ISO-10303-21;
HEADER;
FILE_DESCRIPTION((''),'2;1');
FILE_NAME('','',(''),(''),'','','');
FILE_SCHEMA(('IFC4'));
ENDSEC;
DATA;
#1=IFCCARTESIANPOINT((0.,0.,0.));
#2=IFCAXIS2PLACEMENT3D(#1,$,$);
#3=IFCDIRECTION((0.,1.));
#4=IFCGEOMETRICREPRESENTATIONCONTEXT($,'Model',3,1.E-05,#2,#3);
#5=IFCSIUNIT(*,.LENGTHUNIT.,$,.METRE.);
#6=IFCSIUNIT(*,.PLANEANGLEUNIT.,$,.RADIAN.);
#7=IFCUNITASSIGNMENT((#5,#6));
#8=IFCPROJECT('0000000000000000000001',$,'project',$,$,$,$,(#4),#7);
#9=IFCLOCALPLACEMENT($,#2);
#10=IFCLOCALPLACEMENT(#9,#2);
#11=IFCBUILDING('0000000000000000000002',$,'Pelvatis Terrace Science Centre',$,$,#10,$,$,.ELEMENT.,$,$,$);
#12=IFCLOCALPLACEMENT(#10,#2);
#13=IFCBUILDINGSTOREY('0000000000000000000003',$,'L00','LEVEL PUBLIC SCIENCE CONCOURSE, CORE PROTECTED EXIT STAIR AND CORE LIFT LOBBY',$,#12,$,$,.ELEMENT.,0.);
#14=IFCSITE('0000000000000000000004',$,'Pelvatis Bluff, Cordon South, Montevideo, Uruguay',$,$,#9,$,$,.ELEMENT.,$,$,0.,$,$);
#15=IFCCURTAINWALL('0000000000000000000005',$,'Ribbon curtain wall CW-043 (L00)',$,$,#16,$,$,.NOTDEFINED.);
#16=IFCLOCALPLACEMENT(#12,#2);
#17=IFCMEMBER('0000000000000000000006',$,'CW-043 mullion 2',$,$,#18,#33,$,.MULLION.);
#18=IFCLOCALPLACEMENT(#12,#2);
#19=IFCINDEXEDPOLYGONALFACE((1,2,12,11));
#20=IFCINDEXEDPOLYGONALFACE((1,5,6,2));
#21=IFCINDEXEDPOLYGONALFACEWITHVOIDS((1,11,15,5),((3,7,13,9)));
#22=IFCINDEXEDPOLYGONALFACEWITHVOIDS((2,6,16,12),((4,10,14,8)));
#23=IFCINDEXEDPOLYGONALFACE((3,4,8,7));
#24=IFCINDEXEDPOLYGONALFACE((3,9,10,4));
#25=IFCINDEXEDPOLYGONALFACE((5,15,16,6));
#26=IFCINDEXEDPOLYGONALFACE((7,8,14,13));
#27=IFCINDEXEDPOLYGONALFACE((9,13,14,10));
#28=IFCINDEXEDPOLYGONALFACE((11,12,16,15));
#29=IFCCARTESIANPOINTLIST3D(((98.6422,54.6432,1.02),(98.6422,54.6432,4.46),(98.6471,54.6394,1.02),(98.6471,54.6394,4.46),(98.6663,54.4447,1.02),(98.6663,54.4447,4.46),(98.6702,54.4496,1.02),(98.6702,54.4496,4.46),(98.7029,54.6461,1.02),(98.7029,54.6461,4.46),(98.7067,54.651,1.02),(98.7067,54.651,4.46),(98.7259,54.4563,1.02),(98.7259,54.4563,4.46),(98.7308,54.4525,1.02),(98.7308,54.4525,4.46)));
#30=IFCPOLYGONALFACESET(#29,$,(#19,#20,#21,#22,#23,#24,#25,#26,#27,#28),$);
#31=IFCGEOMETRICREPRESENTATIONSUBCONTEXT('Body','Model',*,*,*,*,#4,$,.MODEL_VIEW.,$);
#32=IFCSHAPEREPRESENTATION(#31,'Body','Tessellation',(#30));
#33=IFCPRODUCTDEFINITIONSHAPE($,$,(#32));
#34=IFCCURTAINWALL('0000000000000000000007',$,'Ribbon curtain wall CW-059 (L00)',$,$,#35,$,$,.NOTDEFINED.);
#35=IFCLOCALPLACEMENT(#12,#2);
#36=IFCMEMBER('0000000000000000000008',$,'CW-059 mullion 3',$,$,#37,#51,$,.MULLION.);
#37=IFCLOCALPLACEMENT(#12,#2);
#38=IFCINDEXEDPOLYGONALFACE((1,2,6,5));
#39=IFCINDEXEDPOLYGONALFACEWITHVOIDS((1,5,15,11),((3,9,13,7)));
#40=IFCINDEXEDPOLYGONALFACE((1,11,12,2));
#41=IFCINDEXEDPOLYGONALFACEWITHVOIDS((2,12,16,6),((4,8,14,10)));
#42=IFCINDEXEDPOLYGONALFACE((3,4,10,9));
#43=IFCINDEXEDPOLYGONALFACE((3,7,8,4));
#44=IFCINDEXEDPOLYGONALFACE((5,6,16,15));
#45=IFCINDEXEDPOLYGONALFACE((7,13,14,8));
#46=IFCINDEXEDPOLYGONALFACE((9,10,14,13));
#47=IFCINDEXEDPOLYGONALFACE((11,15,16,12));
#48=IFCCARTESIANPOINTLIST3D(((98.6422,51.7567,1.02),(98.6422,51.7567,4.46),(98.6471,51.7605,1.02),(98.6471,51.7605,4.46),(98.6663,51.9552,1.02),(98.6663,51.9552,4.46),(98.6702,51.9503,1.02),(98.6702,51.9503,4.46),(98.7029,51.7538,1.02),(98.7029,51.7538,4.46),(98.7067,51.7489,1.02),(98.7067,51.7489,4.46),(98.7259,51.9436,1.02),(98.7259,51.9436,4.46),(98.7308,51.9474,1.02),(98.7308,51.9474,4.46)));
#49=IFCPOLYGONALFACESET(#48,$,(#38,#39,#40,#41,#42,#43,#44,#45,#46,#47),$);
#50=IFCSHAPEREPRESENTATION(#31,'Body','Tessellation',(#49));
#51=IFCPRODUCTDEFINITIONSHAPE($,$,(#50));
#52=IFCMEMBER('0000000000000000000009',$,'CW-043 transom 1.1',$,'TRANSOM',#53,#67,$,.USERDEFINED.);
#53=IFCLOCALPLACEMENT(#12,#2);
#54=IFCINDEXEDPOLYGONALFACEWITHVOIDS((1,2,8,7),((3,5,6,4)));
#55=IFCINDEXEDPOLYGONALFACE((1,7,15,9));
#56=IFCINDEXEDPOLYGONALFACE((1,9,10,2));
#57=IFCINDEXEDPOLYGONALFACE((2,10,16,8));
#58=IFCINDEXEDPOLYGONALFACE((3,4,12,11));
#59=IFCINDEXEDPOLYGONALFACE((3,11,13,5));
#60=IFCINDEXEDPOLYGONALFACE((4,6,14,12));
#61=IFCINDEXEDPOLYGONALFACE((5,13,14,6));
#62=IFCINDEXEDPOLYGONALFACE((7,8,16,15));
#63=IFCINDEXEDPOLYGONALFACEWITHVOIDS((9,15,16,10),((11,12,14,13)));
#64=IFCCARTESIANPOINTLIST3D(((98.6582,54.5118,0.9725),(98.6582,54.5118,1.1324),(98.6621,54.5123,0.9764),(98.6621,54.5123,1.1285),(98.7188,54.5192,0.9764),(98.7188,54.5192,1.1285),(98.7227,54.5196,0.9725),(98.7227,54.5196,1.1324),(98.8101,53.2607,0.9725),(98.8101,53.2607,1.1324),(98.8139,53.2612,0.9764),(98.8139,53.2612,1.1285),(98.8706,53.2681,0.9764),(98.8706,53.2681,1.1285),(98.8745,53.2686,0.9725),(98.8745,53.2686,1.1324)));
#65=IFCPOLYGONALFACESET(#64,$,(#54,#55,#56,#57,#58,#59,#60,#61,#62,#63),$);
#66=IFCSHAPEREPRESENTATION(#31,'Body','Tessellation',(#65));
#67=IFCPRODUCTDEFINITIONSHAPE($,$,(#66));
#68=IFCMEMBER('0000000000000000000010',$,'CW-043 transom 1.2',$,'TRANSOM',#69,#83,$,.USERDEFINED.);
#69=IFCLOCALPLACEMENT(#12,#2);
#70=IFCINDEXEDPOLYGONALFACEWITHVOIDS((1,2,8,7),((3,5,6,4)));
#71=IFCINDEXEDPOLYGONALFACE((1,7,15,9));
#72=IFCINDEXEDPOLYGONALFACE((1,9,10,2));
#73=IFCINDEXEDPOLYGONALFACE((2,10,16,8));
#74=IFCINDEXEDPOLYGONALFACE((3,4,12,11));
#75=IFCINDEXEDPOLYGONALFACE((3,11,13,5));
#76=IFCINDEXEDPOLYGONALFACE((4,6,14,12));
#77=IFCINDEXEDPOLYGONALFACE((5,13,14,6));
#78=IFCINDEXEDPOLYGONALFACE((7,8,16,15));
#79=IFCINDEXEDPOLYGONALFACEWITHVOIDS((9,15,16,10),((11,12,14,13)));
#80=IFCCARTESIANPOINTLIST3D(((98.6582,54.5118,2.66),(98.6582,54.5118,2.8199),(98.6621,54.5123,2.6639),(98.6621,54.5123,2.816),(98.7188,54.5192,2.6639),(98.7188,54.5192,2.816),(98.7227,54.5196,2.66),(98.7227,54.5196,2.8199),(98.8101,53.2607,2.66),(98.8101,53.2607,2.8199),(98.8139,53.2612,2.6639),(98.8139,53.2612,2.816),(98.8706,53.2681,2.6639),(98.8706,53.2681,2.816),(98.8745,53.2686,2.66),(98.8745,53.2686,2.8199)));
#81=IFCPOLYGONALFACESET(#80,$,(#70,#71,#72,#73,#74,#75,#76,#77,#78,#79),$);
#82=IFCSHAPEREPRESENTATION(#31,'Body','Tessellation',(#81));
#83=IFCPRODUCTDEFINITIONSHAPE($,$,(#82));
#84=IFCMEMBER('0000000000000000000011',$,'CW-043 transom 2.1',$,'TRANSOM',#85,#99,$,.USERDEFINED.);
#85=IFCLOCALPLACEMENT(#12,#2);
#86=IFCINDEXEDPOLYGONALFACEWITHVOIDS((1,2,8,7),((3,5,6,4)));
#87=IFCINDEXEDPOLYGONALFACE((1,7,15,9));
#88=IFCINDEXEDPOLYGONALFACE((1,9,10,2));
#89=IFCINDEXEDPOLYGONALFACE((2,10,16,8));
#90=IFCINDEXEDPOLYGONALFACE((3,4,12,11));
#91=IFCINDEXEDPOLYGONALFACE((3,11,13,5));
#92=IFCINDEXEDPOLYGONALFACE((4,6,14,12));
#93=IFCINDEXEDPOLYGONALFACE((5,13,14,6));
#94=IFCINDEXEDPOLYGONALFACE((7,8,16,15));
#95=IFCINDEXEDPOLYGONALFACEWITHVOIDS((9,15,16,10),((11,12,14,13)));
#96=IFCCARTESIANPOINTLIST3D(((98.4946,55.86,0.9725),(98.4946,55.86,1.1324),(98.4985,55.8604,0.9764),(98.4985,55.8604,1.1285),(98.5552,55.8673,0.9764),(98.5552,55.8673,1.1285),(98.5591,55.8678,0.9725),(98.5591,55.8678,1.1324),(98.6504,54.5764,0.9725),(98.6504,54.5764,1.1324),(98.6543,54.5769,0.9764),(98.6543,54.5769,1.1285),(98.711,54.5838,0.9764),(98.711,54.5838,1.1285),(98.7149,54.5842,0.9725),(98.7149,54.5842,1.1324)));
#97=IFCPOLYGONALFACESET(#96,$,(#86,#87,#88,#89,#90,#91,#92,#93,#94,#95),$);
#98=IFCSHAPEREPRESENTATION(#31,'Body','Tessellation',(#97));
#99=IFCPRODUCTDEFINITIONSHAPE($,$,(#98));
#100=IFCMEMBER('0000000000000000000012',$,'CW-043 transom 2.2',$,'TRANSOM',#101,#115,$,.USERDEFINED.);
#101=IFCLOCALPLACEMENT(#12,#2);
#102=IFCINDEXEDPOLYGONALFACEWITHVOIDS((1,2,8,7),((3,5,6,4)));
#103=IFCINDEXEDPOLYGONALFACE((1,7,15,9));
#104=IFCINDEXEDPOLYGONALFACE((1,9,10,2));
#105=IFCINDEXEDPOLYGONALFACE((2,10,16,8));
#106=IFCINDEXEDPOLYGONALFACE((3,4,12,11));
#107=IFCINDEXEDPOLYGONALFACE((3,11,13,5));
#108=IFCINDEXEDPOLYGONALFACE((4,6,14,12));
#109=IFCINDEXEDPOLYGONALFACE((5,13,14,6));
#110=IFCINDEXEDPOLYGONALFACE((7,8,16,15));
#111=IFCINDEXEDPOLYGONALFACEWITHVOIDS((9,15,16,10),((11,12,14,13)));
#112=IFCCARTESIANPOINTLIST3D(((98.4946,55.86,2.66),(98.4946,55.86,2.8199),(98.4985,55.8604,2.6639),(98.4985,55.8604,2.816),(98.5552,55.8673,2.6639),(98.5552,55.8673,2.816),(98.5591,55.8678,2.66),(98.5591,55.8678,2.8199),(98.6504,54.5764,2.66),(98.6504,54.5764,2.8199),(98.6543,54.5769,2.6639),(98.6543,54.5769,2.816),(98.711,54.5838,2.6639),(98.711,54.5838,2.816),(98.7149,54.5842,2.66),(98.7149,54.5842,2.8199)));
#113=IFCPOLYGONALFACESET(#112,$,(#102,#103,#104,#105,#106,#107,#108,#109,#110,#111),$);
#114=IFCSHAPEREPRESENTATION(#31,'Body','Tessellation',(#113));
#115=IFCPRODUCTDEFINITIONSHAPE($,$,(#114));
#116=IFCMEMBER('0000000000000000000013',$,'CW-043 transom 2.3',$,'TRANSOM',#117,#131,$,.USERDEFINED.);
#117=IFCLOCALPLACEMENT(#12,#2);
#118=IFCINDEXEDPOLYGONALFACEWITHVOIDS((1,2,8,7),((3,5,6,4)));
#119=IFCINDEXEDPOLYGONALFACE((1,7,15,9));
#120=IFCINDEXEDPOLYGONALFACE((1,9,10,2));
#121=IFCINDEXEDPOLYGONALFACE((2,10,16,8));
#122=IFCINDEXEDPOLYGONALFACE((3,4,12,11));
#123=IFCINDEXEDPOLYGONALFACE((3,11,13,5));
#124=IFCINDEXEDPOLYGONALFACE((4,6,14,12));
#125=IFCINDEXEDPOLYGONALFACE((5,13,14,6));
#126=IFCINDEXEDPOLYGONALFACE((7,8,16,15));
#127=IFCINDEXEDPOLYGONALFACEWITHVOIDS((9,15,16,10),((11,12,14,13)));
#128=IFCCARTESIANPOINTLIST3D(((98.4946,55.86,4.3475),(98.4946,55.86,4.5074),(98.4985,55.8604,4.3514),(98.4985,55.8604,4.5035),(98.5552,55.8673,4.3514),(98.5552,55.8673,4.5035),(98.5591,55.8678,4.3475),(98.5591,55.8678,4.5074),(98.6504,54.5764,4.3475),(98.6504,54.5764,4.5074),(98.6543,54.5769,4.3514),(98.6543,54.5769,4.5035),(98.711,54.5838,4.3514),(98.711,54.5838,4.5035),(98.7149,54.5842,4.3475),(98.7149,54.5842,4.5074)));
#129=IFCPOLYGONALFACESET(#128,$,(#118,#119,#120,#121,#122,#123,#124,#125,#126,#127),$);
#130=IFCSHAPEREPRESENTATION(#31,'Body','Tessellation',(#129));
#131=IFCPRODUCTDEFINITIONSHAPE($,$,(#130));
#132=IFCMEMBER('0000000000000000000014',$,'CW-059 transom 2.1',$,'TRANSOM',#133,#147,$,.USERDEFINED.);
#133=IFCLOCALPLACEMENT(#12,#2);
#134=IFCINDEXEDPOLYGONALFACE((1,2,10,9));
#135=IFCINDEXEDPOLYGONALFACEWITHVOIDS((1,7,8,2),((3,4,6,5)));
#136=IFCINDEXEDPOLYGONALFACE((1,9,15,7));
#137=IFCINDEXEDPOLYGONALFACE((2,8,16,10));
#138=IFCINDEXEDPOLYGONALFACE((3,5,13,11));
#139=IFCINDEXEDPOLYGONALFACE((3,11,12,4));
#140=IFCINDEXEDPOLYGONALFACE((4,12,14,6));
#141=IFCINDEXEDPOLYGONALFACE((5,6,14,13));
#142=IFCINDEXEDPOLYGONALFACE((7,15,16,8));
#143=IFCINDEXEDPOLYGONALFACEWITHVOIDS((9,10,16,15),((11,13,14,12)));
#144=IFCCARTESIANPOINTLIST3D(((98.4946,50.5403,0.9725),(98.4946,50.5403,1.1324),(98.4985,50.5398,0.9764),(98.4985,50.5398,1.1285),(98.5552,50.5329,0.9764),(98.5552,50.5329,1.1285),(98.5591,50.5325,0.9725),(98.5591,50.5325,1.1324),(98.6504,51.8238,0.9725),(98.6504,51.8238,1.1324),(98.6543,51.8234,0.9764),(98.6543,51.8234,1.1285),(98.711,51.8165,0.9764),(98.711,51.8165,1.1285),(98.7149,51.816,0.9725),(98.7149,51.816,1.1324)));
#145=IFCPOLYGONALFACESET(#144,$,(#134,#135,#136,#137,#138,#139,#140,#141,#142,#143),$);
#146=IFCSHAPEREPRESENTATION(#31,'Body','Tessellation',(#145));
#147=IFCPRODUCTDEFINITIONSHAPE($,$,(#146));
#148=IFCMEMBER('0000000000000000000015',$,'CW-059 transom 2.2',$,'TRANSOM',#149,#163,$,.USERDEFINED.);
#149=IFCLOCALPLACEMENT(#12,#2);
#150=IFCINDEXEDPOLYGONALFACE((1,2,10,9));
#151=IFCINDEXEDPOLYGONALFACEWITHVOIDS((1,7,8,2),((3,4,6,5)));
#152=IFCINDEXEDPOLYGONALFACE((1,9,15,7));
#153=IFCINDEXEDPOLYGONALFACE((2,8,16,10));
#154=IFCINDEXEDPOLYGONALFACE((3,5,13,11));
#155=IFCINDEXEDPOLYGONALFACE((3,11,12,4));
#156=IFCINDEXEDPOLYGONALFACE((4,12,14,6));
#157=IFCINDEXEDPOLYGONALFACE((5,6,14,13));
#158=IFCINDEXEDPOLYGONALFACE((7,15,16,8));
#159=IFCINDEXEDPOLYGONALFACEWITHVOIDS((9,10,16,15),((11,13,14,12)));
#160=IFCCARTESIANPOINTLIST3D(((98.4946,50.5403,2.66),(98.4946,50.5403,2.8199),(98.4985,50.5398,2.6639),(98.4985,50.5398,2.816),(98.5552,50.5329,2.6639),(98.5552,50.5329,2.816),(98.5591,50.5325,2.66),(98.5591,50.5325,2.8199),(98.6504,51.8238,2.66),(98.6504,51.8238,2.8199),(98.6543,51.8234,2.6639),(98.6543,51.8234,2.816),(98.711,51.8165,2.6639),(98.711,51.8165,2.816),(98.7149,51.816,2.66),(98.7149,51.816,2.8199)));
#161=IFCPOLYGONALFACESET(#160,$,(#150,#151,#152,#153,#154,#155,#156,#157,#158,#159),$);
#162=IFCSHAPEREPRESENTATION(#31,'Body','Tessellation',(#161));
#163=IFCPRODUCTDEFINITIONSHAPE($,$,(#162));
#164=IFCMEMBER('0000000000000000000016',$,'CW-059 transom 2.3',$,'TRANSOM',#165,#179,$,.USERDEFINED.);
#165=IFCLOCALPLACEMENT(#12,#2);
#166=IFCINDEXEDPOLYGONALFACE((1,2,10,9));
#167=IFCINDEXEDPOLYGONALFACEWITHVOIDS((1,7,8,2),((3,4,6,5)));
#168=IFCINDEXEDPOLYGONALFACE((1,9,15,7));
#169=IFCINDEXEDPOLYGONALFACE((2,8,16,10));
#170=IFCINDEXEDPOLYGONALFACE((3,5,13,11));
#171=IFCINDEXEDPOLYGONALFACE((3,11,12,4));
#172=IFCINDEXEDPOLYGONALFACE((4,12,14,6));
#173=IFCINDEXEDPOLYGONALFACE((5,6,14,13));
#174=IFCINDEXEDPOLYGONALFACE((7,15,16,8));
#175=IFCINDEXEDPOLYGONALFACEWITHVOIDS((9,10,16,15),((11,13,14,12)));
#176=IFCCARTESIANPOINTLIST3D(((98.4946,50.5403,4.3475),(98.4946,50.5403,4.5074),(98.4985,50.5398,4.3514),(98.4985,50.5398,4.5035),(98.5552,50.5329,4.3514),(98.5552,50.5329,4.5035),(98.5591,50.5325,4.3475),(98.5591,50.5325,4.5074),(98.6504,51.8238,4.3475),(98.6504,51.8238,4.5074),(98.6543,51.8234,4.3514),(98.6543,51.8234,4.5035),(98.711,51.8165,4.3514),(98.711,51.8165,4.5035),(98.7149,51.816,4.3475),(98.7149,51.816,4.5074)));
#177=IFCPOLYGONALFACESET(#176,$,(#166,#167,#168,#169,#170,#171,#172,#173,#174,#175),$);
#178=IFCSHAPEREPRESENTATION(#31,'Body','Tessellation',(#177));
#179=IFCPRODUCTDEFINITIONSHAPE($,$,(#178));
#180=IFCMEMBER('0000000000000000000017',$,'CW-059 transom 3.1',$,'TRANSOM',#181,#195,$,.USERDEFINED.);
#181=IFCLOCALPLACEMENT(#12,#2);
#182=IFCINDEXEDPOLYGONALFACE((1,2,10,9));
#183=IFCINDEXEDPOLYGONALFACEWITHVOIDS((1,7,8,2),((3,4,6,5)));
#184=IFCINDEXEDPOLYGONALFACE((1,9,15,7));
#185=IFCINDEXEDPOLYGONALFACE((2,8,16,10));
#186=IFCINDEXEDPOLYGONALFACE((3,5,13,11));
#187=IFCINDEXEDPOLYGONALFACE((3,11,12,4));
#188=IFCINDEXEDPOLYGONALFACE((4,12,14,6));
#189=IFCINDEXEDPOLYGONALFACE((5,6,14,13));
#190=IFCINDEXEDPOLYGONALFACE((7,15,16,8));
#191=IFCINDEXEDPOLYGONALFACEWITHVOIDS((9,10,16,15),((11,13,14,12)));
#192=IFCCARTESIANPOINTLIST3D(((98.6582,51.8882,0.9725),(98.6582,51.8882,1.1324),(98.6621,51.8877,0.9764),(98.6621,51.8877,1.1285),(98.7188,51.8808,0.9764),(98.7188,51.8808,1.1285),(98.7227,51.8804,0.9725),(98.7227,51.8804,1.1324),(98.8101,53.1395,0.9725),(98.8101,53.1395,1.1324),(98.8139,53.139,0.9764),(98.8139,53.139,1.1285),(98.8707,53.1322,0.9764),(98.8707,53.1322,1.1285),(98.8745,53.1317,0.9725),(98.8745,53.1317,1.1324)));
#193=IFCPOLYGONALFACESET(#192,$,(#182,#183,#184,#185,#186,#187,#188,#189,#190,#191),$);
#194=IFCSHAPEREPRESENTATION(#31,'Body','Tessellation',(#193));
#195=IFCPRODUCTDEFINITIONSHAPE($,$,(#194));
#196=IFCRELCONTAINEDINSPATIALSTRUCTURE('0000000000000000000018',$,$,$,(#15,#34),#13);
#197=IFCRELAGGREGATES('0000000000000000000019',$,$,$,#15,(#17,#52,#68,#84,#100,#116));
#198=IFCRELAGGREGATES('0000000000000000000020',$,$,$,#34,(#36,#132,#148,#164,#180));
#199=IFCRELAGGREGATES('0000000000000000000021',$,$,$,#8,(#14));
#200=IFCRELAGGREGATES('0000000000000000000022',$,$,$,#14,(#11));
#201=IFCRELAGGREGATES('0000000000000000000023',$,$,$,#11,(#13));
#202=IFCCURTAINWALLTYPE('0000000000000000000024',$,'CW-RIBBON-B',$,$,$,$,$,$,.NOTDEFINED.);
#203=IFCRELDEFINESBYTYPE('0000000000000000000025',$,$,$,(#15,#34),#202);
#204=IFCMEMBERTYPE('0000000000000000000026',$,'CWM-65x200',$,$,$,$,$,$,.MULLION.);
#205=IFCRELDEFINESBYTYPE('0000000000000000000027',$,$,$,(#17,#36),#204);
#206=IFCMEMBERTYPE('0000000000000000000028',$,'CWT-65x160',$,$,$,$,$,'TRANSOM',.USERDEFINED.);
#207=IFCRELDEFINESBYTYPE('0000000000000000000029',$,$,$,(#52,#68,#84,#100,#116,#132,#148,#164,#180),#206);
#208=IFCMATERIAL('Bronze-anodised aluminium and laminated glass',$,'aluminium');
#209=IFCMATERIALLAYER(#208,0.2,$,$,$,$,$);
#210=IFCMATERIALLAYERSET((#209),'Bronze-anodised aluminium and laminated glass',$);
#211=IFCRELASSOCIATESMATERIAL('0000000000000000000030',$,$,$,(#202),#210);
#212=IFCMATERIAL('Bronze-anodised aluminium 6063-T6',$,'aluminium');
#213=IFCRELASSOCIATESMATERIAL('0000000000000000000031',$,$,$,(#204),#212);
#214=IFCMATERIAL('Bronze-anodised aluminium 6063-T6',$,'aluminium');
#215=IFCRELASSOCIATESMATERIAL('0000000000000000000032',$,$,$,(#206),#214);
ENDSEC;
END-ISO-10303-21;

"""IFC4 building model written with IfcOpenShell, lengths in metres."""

from ifc_helpers import new_model, si_unit, direction, frame, origin, origin_2d, place, context, subcontext, project, spatial, hollow_rectangle, extrude, material, layer, layer_set, material_profile, profile_set, type_object, element, aggregate, save


model = new_model("IFC4")

# Units and contexts
model_context = context("Model", 3, precision=1e-05, world=origin(), true_north=direction((0.0, 1.0)))
body_context = subcontext(model_context, "Body", "Model", "MODEL_VIEW")
ifc_project = project(units=[si_unit("LENGTHUNIT", "METRE"), si_unit("PLANEANGLEUNIT", "RADIAN")], contexts=[model_context])

# Site, building, storey
site_placement = place(None, origin())
site = spatial("IfcSite", under=ifc_project, at=site_placement, Name="Pelvatis Bluff, Cordon South, Montevideo, Uruguay", CompositionType="ELEMENT", RefElevation=0.0)
building_placement = place(site_placement, origin())
building = spatial("IfcBuilding", under=site, at=building_placement, Name="Pelvatis Terrace Science Centre", CompositionType="ELEMENT")
storey_placement = place(building_placement, origin())
storey = spatial("IfcBuildingStorey", under=building, at=storey_placement, Name="L00", Description="LEVEL PUBLIC SCIENCE CONCOURSE, CORE PROTECTED EXIT STAIR AND CORE LIFT LOBBY", CompositionType="ELEMENT", Elevation=0.0)

# Curtain walls, members
ifc_material_1 = material(Name="Bronze-anodised aluminium and laminated glass", Category="aluminium")
ifc_layer_1 = layer(ifc_material_1, 0.2)
ifc_layer_set_1 = layer_set([ifc_layer_1], Name="Bronze-anodised aluminium and laminated glass")
curtain_wall_type = type_object("IfcCurtainWallType", Name="CW-RIBBON-B", PredefinedType="NOTDEFINED", material=ifc_layer_set_1)
curtain_wall_1_placement = place(storey_placement, origin())
curtain_wall_1 = element("IfcCurtainWall", 1, at=curtain_wall_1_placement, inside=storey, type_object=curtain_wall_type, Name="Ribbon curtain wall CW-043 (L00)", PredefinedType="NOTDEFINED")
ifc_material_2 = material(Name="Bronze-anodised aluminium 6063-T6", Category="aluminium")
ifc_material_profile_1 = material_profile(ifc_material_2, hollow_rectangle(XDim=0.0649, YDim=0.2, WallThickness=0.0044, at=origin_2d()), Name="ALU-MUL 65x200")
ifc_profile_set_1 = profile_set([ifc_material_profile_1], Name="Bronze-anodised aluminium 6063-T6")
member_type_1 = type_object("IfcMemberType", Name="CWM-65x200", PredefinedType="MULLION", material=ifc_profile_set_1)
member_1_placement = place(storey_placement, frame((98.6865, 54.5479, 1.02), z_axis=(0.0, 0.0, 1.0), x_axis=(-0.992721, -0.120435, 0.0)))
member_1 = element("IfcMember", 2, at=member_1_placement, type_object=member_type_1, Name="CW-043 mullion 2", PredefinedType="MULLION", context=body_context, shape_type="SweptSolid", body=[
    extrude(hollow_rectangle(XDim=0.0649, YDim=0.2, WallThickness=0.0044, at=origin_2d()), origin(), (0.0, 0.0, 1.0), 3.4399),
])
curtain_wall_2_placement = place(storey_placement, origin())
curtain_wall_2 = element("IfcCurtainWall", 3, at=curtain_wall_2_placement, inside=storey, type_object=curtain_wall_type, Name="Ribbon curtain wall CW-059 (L00)", PredefinedType="NOTDEFINED")
member_2_placement = place(storey_placement, frame((98.6865, 51.8521, 1.02), z_axis=(0.0, 0.0, 1.0), x_axis=(-0.992721, 0.120435, 0.0)))
member_2 = element("IfcMember", 4, at=member_2_placement, type_object=member_type_1, Name="CW-059 mullion 3", PredefinedType="MULLION", context=body_context, shape_type="SweptSolid", body=[
    extrude(hollow_rectangle(XDim=0.0649, YDim=0.2, WallThickness=0.0044, at=origin_2d()), origin(), (0.0, 0.0, 1.0), 3.4399),
])

# Members
ifc_material_3 = material(Name="Bronze-anodised aluminium 6063-T6", Category="aluminium")
ifc_material_profile_2 = material_profile(ifc_material_3, hollow_rectangle(XDim=0.0649, YDim=0.1599, WallThickness=0.0039, at=origin_2d()), Name="ALU-TRN 65x160")
ifc_profile_set_2 = profile_set([ifc_material_profile_2], Name="Bronze-anodised aluminium 6063-T6")
member_type_2 = type_object("IfcMemberType", Name="CWT-65x160", ElementType="TRANSOM", PredefinedType="USERDEFINED", material=ifc_profile_set_2)
member_3_placement = place(storey_placement, frame((98.8423, 53.2646, 1.0525), z_axis=(-0.120505, 0.992713, 0.0), x_axis=(-0.992713, -0.120505, 0.0)))
member_3 = element("IfcMember", 5, at=member_3_placement, type_object=member_type_2, Name="CW-043 transom 1.1", ObjectType="TRANSOM", PredefinedType="USERDEFINED", context=body_context, shape_type="SweptSolid", body=[
    extrude(hollow_rectangle(XDim=0.0649, YDim=0.1599, WallThickness=0.0039, at=origin_2d()), origin(), (0.0, 0.0, 1.0), 1.2603),
])
member_4_placement = place(storey_placement, frame((98.8423, 53.2646, 2.74), z_axis=(-0.120505, 0.992713, 0.0), x_axis=(-0.992713, -0.120505, 0.0)))
member_4 = element("IfcMember", 6, at=member_4_placement, type_object=member_type_2, Name="CW-043 transom 1.2", ObjectType="TRANSOM", PredefinedType="USERDEFINED", context=body_context, shape_type="SweptSolid", body=[
    extrude(hollow_rectangle(XDim=0.0649, YDim=0.1599, WallThickness=0.0039, at=origin_2d()), origin(), (0.0, 0.0, 1.0), 1.2603),
])
member_5_placement = place(storey_placement, frame((98.6826, 54.5803, 1.0525), z_axis=(-0.120478, 0.992716, 0.0), x_axis=(-0.992716, -0.120478, 0.0)))
member_5 = element("IfcMember", 7, at=member_5_placement, type_object=member_type_2, Name="CW-043 transom 2.1", ObjectType="TRANSOM", PredefinedType="USERDEFINED", context=body_context, shape_type="SweptSolid", body=[
    extrude(hollow_rectangle(XDim=0.0649, YDim=0.1599, WallThickness=0.0039, at=origin_2d()), origin(), (0.0, 0.0, 1.0), 1.293),
])
member_6_placement = place(storey_placement, frame((98.6826, 54.5803, 2.74), z_axis=(-0.120478, 0.992716, 0.0), x_axis=(-0.992716, -0.120478, 0.0)))
member_6 = element("IfcMember", 8, at=member_6_placement, type_object=member_type_2, Name="CW-043 transom 2.2", ObjectType="TRANSOM", PredefinedType="USERDEFINED", context=body_context, shape_type="SweptSolid", body=[
    extrude(hollow_rectangle(XDim=0.0649, YDim=0.1599, WallThickness=0.0039, at=origin_2d()), origin(), (0.0, 0.0, 1.0), 1.293),
])
member_7_placement = place(storey_placement, frame((98.6826, 54.5803, 4.4275), z_axis=(-0.120478, 0.992716, 0.0), x_axis=(-0.992716, -0.120478, 0.0)))
member_7 = element("IfcMember", 9, at=member_7_placement, type_object=member_type_2, Name="CW-043 transom 2.3", ObjectType="TRANSOM", PredefinedType="USERDEFINED", context=body_context, shape_type="SweptSolid", body=[
    extrude(hollow_rectangle(XDim=0.0649, YDim=0.1599, WallThickness=0.0039, at=origin_2d()), origin(), (0.0, 0.0, 1.0), 1.293),
])
member_8_placement = place(storey_placement, frame((98.5269, 50.5364, 1.0525), z_axis=(0.120478, 0.992716, 0.0), x_axis=(-0.992716, 0.120478, 0.0)))
member_8 = element("IfcMember", 10, at=member_8_placement, type_object=member_type_2, Name="CW-059 transom 2.1", ObjectType="TRANSOM", PredefinedType="USERDEFINED", context=body_context, shape_type="SweptSolid", body=[
    extrude(hollow_rectangle(XDim=0.0649, YDim=0.1599, WallThickness=0.0039, at=origin_2d()), origin(), (0.0, 0.0, 1.0), 1.293),
])
member_9_placement = place(storey_placement, frame((98.5269, 50.5364, 2.74), z_axis=(0.120478, 0.992716, 0.0), x_axis=(-0.992716, 0.120478, 0.0)))
member_9 = element("IfcMember", 11, at=member_9_placement, type_object=member_type_2, Name="CW-059 transom 2.2", ObjectType="TRANSOM", PredefinedType="USERDEFINED", context=body_context, shape_type="SweptSolid", body=[
    extrude(hollow_rectangle(XDim=0.0649, YDim=0.1599, WallThickness=0.0039, at=origin_2d()), origin(), (0.0, 0.0, 1.0), 1.293),
])
member_10_placement = place(storey_placement, frame((98.5269, 50.5364, 4.4275), z_axis=(0.120478, 0.992716, 0.0), x_axis=(-0.992716, 0.120478, 0.0)))
member_10 = element("IfcMember", 12, at=member_10_placement, type_object=member_type_2, Name="CW-059 transom 2.3", ObjectType="TRANSOM", PredefinedType="USERDEFINED", context=body_context, shape_type="SweptSolid", body=[
    extrude(hollow_rectangle(XDim=0.0649, YDim=0.1599, WallThickness=0.0039, at=origin_2d()), origin(), (0.0, 0.0, 1.0), 1.293),
])
member_11_placement = place(storey_placement, frame((98.6904, 51.8843, 1.0525), z_axis=(0.120482, 0.992716, 0.0), x_axis=(-0.992716, 0.120482, 0.0)))
member_11 = element("IfcMember", 13, at=member_11_placement, type_object=member_type_2, Name="CW-059 transom 3.1", ObjectType="TRANSOM", PredefinedType="USERDEFINED", context=body_context, shape_type="SweptSolid", body=[
    extrude(hollow_rectangle(XDim=0.0649, YDim=0.1599, WallThickness=0.0039, at=origin_2d()), origin(), (0.0, 0.0, 1.0), 1.2605),
])

aggregate(curtain_wall_1, [member_1, member_3, member_4, member_5, member_6, member_7])
aggregate(curtain_wall_2, [member_2, member_8, member_9, member_10, member_11])

save(model, "model.ifc")
